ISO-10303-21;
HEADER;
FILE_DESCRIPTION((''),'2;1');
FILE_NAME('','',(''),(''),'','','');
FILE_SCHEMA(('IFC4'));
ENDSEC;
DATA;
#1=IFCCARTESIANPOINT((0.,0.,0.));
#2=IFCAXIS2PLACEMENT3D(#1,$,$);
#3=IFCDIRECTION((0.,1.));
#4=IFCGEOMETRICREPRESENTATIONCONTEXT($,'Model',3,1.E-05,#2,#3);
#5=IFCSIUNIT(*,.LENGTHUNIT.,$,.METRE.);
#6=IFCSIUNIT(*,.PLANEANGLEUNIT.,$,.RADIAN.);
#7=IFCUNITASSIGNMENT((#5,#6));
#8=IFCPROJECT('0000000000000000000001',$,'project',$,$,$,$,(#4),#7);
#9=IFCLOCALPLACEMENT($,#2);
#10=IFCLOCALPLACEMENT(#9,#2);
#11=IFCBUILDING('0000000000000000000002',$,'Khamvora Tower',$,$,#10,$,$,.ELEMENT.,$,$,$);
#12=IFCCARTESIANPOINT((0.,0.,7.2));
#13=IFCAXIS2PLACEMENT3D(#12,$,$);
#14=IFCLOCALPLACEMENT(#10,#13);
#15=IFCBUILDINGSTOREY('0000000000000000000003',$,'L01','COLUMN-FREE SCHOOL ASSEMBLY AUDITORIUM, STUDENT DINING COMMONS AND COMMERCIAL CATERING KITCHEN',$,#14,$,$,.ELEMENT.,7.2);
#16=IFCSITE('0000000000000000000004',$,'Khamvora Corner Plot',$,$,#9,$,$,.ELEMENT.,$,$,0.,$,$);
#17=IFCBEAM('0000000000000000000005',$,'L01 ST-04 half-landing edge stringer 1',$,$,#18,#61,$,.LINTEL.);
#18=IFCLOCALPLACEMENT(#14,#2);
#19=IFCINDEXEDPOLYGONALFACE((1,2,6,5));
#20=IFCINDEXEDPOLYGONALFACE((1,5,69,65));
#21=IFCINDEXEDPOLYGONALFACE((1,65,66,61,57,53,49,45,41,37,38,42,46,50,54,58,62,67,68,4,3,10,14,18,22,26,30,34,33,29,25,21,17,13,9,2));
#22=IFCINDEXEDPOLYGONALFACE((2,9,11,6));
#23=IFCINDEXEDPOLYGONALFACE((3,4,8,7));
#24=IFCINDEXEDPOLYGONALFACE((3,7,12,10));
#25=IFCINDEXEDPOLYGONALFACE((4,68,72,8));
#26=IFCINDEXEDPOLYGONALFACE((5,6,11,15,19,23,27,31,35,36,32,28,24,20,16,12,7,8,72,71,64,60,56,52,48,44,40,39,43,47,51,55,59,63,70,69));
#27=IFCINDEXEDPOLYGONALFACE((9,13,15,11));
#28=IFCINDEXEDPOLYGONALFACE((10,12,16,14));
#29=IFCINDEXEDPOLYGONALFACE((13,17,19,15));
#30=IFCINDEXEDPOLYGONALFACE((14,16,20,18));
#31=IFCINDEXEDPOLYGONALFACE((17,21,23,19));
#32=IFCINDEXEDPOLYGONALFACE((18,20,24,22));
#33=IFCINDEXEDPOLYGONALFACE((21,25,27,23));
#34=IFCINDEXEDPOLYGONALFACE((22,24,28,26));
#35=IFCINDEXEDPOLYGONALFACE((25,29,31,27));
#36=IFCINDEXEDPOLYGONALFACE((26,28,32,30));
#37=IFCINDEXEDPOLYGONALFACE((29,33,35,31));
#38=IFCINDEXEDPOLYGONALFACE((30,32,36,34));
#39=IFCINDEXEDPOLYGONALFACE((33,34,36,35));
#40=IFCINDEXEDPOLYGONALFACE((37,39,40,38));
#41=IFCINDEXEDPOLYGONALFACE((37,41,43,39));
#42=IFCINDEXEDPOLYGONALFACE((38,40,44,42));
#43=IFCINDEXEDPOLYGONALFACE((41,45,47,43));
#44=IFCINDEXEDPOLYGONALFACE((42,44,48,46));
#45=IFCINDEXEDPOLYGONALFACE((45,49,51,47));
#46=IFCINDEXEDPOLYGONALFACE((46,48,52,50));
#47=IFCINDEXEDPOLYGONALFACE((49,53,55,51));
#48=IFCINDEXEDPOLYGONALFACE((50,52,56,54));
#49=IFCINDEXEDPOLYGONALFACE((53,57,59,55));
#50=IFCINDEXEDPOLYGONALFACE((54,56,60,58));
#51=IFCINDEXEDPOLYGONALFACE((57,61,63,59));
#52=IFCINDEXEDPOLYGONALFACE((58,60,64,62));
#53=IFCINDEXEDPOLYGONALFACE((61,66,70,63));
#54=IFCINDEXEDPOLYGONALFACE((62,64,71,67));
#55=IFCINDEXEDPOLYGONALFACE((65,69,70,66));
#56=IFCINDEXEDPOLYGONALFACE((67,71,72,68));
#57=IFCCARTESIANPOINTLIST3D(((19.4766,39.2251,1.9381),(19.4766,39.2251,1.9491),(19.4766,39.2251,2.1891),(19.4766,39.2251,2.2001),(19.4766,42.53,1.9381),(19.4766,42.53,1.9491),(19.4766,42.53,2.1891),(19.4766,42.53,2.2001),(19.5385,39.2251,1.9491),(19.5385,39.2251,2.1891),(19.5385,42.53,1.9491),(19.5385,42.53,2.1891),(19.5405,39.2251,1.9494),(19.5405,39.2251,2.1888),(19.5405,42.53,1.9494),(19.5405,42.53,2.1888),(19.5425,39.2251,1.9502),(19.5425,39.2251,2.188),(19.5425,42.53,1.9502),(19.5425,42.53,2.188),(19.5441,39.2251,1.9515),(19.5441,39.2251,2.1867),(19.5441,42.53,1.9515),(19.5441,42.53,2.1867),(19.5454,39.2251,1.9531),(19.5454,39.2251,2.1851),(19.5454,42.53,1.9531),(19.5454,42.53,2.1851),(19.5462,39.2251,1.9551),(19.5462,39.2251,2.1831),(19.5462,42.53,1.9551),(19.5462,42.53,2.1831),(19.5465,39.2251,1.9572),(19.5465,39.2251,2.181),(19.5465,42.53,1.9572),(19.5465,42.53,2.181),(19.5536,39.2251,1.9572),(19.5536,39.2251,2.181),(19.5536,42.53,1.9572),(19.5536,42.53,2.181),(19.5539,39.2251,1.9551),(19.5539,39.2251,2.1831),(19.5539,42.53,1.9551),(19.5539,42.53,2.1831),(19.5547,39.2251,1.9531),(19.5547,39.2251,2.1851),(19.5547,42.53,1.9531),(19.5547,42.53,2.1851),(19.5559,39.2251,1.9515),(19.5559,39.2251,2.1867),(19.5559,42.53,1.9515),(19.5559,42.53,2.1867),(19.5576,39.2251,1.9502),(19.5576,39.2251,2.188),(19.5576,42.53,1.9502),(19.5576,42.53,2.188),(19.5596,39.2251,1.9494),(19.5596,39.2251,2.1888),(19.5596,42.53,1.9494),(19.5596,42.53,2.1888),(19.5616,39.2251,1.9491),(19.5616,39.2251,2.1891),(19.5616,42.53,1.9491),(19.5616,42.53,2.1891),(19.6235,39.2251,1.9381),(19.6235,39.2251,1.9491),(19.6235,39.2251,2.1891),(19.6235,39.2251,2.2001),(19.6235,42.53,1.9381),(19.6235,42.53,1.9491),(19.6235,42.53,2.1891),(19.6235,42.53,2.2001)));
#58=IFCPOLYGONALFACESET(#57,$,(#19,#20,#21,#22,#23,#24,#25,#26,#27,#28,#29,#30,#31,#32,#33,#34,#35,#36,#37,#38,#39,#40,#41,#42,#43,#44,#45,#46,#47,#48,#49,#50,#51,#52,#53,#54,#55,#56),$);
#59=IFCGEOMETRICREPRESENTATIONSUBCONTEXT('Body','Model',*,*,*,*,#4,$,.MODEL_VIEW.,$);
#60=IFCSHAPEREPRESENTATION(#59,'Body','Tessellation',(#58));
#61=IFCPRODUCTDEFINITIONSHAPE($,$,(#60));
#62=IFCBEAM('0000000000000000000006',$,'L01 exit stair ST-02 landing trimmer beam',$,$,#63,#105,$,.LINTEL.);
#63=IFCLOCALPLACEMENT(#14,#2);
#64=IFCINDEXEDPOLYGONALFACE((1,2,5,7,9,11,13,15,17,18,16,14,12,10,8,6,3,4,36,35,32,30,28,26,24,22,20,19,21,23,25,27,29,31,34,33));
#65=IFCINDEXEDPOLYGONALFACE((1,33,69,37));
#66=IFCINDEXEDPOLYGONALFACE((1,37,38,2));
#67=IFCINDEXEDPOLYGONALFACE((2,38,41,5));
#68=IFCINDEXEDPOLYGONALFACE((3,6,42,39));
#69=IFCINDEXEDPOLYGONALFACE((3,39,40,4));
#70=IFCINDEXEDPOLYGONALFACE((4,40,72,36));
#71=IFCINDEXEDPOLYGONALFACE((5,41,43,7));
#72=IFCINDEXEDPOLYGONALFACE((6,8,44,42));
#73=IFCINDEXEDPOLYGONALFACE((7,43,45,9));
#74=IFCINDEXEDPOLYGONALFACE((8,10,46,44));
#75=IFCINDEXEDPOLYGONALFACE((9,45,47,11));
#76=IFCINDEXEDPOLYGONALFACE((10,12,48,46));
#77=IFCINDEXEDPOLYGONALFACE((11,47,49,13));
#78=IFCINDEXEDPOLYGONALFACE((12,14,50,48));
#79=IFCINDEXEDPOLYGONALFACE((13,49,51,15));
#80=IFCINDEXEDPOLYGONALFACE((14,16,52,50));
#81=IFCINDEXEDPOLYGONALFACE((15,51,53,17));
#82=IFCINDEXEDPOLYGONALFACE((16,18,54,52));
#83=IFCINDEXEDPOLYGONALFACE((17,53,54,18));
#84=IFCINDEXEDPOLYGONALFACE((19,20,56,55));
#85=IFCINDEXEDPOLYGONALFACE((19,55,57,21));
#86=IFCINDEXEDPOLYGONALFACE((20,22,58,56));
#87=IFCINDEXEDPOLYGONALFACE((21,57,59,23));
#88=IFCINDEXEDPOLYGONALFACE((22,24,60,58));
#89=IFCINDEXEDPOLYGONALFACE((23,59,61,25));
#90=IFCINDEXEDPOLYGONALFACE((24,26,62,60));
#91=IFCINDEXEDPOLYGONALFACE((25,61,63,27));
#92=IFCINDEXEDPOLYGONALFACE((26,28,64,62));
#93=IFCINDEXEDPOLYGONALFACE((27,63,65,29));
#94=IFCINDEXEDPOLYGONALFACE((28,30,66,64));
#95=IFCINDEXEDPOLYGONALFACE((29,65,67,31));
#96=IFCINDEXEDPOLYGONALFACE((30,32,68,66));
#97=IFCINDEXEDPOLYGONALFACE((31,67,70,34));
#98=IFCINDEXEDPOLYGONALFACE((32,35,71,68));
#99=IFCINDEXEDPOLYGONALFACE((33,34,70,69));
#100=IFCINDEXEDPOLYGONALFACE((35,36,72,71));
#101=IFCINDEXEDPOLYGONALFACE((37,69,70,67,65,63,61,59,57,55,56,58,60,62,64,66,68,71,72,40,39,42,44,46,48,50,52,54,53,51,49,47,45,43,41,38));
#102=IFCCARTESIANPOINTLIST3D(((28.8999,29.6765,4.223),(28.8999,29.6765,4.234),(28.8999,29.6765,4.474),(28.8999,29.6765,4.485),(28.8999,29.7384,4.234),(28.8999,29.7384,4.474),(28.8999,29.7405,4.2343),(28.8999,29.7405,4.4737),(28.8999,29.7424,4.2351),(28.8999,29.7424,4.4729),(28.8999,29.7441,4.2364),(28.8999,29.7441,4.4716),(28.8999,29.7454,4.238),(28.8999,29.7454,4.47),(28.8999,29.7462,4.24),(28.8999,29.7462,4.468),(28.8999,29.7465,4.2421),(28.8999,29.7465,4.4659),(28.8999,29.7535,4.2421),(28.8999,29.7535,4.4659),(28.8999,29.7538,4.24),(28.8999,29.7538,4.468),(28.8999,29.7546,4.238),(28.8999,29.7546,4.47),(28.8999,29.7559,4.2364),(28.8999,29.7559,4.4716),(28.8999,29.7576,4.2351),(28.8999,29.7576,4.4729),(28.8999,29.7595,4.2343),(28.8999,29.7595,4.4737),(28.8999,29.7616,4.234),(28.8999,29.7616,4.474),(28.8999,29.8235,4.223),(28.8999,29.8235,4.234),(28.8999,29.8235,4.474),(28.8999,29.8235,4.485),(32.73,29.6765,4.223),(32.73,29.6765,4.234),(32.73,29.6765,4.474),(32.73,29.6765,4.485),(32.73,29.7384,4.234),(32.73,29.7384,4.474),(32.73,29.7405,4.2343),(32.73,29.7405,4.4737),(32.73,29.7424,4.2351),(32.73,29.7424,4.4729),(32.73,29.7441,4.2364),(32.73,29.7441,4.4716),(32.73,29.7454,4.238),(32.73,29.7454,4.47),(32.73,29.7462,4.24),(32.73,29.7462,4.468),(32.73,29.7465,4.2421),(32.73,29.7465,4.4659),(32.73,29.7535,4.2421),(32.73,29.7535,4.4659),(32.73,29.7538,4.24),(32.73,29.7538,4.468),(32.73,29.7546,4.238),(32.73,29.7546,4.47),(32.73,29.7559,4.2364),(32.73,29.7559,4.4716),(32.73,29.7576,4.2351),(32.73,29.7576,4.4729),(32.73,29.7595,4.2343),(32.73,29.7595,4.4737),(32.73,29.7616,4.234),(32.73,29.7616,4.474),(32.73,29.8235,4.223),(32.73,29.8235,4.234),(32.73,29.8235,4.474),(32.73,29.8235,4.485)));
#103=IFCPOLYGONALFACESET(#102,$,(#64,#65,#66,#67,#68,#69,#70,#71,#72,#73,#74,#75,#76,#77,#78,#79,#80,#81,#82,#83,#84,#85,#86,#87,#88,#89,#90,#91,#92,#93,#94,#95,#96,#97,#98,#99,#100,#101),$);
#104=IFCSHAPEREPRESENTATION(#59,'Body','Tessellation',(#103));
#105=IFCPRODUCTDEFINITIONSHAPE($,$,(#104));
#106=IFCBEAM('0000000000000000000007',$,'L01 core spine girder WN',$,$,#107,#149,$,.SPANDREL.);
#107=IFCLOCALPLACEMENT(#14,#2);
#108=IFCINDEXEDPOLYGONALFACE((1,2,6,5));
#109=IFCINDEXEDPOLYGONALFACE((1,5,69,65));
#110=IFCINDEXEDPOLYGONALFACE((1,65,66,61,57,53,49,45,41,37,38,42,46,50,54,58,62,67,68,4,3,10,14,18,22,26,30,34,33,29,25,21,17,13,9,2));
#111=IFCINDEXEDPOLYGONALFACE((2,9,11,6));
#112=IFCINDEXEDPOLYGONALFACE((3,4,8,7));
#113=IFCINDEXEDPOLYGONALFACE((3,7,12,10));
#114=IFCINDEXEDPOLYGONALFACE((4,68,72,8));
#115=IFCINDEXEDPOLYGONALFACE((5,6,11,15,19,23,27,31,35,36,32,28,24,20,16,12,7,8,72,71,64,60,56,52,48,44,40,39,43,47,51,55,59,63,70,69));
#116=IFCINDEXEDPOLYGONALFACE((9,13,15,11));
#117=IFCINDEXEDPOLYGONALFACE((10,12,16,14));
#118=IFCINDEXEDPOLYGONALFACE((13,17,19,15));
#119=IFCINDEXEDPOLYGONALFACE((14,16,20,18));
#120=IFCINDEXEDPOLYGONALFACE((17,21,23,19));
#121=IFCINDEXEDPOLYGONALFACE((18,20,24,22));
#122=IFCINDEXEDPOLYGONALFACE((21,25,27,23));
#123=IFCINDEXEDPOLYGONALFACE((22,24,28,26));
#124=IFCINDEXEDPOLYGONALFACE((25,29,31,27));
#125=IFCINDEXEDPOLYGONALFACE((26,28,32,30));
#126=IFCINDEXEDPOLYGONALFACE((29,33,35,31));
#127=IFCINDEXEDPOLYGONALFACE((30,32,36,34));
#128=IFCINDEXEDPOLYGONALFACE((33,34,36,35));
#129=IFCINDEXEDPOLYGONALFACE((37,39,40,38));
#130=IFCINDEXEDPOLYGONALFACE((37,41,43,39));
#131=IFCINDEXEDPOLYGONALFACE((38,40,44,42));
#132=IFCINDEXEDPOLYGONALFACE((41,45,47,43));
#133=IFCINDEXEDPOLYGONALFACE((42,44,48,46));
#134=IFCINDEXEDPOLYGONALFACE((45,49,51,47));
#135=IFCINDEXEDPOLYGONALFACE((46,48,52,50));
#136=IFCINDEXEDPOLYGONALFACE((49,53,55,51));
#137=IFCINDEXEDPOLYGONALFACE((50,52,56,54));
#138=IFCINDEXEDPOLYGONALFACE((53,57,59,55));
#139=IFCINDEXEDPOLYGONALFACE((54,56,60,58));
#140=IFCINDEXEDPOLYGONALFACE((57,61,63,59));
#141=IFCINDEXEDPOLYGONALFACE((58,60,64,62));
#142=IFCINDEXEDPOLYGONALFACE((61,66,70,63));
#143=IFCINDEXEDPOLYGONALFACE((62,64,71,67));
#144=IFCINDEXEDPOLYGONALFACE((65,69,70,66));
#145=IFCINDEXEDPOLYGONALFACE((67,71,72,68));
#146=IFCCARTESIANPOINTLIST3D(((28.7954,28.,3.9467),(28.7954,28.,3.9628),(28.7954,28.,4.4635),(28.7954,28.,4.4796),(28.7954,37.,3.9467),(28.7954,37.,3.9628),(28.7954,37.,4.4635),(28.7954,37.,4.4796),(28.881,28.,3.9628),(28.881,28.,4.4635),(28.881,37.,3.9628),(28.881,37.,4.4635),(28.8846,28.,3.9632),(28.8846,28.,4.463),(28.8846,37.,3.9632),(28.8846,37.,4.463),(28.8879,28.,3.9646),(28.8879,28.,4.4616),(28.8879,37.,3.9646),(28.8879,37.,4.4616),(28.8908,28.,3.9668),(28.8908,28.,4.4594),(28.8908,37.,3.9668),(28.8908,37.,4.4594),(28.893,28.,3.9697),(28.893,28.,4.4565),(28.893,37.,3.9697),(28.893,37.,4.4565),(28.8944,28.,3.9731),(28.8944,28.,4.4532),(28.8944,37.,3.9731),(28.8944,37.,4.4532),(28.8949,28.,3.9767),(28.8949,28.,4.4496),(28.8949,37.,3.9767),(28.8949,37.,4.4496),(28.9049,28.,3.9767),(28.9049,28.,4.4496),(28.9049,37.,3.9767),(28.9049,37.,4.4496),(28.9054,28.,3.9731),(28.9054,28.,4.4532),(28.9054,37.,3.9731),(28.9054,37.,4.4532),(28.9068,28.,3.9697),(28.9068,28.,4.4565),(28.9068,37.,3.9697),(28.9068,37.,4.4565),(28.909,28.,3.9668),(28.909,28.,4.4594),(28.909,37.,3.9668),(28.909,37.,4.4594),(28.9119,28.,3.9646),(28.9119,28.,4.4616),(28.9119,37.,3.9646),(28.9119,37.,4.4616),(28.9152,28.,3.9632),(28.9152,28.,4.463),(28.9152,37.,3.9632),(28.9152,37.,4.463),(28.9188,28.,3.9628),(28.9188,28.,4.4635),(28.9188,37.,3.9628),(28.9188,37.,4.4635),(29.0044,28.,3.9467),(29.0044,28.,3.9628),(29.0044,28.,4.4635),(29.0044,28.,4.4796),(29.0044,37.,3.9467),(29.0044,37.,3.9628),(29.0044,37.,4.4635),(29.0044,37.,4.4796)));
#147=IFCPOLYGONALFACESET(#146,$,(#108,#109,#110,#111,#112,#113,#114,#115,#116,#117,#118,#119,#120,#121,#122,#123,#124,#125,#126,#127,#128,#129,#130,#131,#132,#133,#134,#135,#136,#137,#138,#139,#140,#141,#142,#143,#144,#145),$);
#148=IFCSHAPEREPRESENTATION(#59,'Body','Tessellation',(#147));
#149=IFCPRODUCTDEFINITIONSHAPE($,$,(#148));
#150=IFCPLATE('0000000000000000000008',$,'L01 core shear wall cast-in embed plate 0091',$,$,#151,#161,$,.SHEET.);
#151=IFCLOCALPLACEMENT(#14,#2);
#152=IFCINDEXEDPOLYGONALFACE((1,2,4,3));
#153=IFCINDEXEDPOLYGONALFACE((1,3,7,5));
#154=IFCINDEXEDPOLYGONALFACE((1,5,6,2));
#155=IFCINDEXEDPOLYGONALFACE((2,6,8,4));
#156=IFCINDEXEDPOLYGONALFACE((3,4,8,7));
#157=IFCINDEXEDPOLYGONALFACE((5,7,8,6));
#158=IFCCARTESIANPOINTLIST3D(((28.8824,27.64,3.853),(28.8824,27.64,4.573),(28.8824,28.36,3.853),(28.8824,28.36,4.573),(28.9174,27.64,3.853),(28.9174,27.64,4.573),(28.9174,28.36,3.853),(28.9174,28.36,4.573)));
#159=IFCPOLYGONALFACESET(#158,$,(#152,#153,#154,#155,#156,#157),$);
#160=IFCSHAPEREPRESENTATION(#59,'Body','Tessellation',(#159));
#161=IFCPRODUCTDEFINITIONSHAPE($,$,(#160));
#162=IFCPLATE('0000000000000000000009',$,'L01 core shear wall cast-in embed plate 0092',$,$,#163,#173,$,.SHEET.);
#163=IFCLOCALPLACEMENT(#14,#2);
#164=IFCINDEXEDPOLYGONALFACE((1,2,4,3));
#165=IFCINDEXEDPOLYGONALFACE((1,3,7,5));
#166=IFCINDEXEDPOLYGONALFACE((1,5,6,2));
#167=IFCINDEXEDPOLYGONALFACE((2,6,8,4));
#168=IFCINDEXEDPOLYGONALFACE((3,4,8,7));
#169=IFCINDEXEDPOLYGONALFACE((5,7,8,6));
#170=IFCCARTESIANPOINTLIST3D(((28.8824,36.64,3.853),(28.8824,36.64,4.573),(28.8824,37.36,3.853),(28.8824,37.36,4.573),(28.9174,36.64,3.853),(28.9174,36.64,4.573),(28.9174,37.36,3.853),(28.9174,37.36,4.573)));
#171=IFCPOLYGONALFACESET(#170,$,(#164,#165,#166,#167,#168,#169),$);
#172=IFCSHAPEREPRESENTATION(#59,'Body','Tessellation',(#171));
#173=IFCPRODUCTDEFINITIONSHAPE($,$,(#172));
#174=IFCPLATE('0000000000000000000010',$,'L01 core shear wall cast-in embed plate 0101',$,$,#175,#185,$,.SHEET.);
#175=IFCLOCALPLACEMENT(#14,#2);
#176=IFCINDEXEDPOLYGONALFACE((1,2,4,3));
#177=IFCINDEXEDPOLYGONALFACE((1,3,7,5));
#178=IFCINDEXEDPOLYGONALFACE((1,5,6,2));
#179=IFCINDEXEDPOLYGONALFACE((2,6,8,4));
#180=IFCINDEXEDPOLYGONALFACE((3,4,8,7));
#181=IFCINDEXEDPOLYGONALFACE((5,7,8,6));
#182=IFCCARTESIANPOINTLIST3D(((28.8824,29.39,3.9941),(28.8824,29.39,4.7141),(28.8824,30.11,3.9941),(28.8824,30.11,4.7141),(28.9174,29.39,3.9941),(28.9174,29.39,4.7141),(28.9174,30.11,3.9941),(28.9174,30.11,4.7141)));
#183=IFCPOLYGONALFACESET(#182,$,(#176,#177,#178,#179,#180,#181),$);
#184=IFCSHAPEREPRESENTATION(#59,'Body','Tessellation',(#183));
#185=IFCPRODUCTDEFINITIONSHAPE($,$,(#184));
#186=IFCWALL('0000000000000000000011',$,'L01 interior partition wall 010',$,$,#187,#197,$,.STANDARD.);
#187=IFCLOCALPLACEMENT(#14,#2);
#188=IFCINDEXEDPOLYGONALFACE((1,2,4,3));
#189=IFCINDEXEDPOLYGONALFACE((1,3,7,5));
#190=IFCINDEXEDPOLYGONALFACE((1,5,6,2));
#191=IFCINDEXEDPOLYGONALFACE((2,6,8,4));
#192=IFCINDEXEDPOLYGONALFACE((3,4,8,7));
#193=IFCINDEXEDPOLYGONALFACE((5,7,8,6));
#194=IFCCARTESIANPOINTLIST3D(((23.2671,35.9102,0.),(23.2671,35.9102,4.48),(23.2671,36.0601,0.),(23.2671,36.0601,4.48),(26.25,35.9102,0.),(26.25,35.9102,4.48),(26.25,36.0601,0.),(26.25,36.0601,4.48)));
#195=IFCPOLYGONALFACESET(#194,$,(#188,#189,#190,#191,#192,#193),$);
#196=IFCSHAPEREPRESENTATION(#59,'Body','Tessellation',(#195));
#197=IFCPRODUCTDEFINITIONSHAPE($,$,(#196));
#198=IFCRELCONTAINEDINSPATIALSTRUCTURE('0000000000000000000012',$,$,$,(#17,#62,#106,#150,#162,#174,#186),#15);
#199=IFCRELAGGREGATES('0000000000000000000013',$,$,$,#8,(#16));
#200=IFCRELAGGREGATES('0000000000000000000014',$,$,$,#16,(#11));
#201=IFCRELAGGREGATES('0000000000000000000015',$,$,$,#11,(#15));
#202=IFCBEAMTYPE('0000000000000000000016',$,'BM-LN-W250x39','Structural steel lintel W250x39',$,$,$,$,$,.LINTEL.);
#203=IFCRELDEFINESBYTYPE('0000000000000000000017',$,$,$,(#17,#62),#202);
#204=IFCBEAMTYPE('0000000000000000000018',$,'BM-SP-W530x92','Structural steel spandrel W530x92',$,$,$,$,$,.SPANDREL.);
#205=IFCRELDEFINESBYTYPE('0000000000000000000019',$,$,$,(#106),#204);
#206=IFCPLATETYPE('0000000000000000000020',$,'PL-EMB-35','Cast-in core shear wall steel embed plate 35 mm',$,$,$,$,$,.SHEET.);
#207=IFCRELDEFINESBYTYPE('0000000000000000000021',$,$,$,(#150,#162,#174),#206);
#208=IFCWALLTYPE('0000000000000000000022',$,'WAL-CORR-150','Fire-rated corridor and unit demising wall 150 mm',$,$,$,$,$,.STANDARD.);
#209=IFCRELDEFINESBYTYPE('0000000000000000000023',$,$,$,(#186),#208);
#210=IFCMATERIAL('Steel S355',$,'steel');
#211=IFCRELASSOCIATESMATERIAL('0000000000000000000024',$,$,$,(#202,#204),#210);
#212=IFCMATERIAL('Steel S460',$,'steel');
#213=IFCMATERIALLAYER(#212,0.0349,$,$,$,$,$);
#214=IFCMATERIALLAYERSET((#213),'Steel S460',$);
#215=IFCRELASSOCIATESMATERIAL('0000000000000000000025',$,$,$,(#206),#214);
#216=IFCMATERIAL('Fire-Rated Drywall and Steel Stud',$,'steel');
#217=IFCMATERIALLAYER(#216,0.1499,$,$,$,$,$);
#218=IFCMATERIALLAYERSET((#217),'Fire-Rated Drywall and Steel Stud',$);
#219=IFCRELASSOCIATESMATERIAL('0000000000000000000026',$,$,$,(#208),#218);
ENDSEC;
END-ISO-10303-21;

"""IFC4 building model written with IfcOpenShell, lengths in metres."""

from ifc_helpers import new_model, si_unit, direction, frame, frame_2d, origin, origin_2d, place, context, subcontext, project, spatial, rectangle, i_section, extrude, material, layer, layer_set, material_profile, profile_set, type_object, element, save


model = new_model("IFC4")

# Units and contexts
model_context = context("Model", 3, precision=1e-05, world=origin(), true_north=direction((0.0, 1.0)))
body_context = subcontext(model_context, "Body", "Model", "MODEL_VIEW")
ifc_project = project(units=[si_unit("LENGTHUNIT", "METRE"), si_unit("PLANEANGLEUNIT", "RADIAN")], contexts=[model_context])

# Site, building, storey
site_placement = place(None, origin())
site = spatial("IfcSite", under=ifc_project, at=site_placement, Name="Khamvora Corner Plot", CompositionType="ELEMENT", RefElevation=0.0)
building_placement = place(site_placement, origin())
building = spatial("IfcBuilding", under=site, at=building_placement, Name="Khamvora Tower", CompositionType="ELEMENT")
storey_placement = place(building_placement, frame((0.0, 0.0, 7.2)))
storey = spatial("IfcBuildingStorey", under=building, at=storey_placement, Name="L01", Description="COLUMN-FREE SCHOOL ASSEMBLY AUDITORIUM, STUDENT DINING COMMONS AND COMMERCIAL CATERING KITCHEN", CompositionType="ELEMENT", Elevation=7.2)

# Beams
ifc_material_1 = material(Name="Steel S355", Category="steel")
ifc_material_profile_1 = material_profile(ifc_material_1, i_section(OverallWidth=0.147, OverallDepth=0.262, WebThickness=0.0071, FlangeThickness=0.011, FilletRadius=0.0081, at=origin_2d()), Name="W250x39")
ifc_profile_set_1 = profile_set([ifc_material_profile_1], Name="Steel S355")
beam_type_1 = type_object("IfcBeamType", Name="BM-LN-W250x39", Description="Structural steel lintel W250x39", PredefinedType="LINTEL", material=ifc_profile_set_1)
beam_1_placement = place(storey_placement, frame((19.55, 39.2251, 2.0691), z_axis=(0.0, 1.0, 0.0), x_axis=(-1.0, 0.0, 0.0)))
element("IfcBeam", 1, at=beam_1_placement, inside=storey, type_object=beam_type_1, Name="L01 ST-04 half-landing edge stringer 1", PredefinedType="LINTEL", context=body_context, shape_type="SweptSolid", body=[
    extrude(i_section(OverallWidth=0.147, OverallDepth=0.262, WebThickness=0.0071, FlangeThickness=0.011, FilletRadius=0.0081, at=origin_2d()), origin(), (0.0, 0.0, 1.0), 3.3049),
])
beam_2_placement = place(storey_placement, frame((28.8999, 29.75, 4.354), z_axis=(1.0, 0.0, 0.0), x_axis=(0.0, 1.0, 0.0)))
element("IfcBeam", 2, at=beam_2_placement, inside=storey, type_object=beam_type_1, Name="L01 exit stair ST-02 landing trimmer beam", PredefinedType="LINTEL", context=body_context, shape_type="SweptSolid", body=[
    extrude(i_section(OverallWidth=0.147, OverallDepth=0.262, WebThickness=0.0071, FlangeThickness=0.011, FilletRadius=0.0081, at=origin_2d()), origin(), (0.0, 0.0, 1.0), 3.8301),
])
ifc_material_profile_2 = material_profile(ifc_material_1, i_section(OverallWidth=0.209, OverallDepth=0.533, WebThickness=0.01, FlangeThickness=0.0161, FilletRadius=0.0139, at=origin_2d()), Name="W530x92")
ifc_profile_set_2 = profile_set([ifc_material_profile_2], Name="Steel S355")
beam_type_2 = type_object("IfcBeamType", Name="BM-SP-W530x92", Description="Structural steel spandrel W530x92", PredefinedType="SPANDREL", material=ifc_profile_set_2)
beam_3_placement = place(storey_placement, frame((28.8999, 28.0, 4.2131), z_axis=(0.0, 1.0, 0.0), x_axis=(-1.0, 0.0, 0.0)))
element("IfcBeam", 3, at=beam_3_placement, inside=storey, type_object=beam_type_2, Name="L01 core spine girder WN", PredefinedType="SPANDREL", context=body_context, shape_type="SweptSolid", body=[
    extrude(i_section(OverallWidth=0.209, OverallDepth=0.533, WebThickness=0.01, FlangeThickness=0.0161, FilletRadius=0.0139, at=origin_2d()), origin(), (0.0, 0.0, 1.0), 9.0),
])

# Plates
ifc_material_2 = material(Name="Steel S460", Category="steel")
ifc_layer_1 = layer(ifc_material_2, 0.0349)
ifc_layer_set_1 = layer_set([ifc_layer_1], Name="Steel S460")
plate_type = type_object("IfcPlateType", Name="PL-EMB-35", Description="Cast-in core shear wall steel embed plate 35 mm", PredefinedType="SHEET", material=ifc_layer_set_1)
for number, where, z_axis, x_axis, name in (
    (4, (28.8999, 28.0, 3.853), (0.0, 0.0, 1.0), (1.0, 0.0, 0.0), "L01 core shear wall cast-in embed plate 0091"),
    (5, (28.8999, 37.0, 3.853), (0.0, 0.0, 1.0), (1.0, 0.0, 0.0), "L01 core shear wall cast-in embed plate 0092"),
    (6, (28.8999, 29.75, 3.9941), (0.0, 0.0, 1.0), (1.0, 0.0, 0.0), "L01 core shear wall cast-in embed plate 0101"),
):
    element("IfcPlate", number, at=place(storey_placement, frame(where, z_axis=z_axis, x_axis=x_axis)), inside=storey, type_object=plate_type, Name=name, PredefinedType="SHEET", context=body_context, shape_type="SweptSolid", body=[
        extrude(rectangle(XDim=0.0349, YDim=0.72, at=origin_2d()), origin(), (0.0, 0.0, 1.0), 0.72),
    ])

# Wall
ifc_material_3 = material(Name="Fire-Rated Drywall and Steel Stud", Category="steel")
ifc_layer_2 = layer(ifc_material_3, 0.1499)
ifc_layer_set_2 = layer_set([ifc_layer_2], Name="Fire-Rated Drywall and Steel Stud")
wall_type_1 = type_object("IfcWallType", Name="WAL-CORR-150", Description="Fire-rated corridor and unit demising wall 150 mm", PredefinedType="STANDARD", material=ifc_layer_set_2)
wall_1_placement = place(storey_placement, frame((23.2671, 35.9851, 0.0), z_axis=(0.0, 0.0, 1.0), x_axis=(1.0, 0.0, 0.0)))
element("IfcWall", 7, at=wall_1_placement, inside=storey, type_object=wall_type_1, Name="L01 interior partition wall 010", PredefinedType="STANDARD", context=body_context, shape_type="SweptSolid", body=[
    extrude(rectangle(XDim=2.9829, YDim=0.1499, at=frame_2d((1.4915, 0.0))), origin(), (0.0, 0.0, 1.0), 4.48),
])

save(model, "model.ifc")
